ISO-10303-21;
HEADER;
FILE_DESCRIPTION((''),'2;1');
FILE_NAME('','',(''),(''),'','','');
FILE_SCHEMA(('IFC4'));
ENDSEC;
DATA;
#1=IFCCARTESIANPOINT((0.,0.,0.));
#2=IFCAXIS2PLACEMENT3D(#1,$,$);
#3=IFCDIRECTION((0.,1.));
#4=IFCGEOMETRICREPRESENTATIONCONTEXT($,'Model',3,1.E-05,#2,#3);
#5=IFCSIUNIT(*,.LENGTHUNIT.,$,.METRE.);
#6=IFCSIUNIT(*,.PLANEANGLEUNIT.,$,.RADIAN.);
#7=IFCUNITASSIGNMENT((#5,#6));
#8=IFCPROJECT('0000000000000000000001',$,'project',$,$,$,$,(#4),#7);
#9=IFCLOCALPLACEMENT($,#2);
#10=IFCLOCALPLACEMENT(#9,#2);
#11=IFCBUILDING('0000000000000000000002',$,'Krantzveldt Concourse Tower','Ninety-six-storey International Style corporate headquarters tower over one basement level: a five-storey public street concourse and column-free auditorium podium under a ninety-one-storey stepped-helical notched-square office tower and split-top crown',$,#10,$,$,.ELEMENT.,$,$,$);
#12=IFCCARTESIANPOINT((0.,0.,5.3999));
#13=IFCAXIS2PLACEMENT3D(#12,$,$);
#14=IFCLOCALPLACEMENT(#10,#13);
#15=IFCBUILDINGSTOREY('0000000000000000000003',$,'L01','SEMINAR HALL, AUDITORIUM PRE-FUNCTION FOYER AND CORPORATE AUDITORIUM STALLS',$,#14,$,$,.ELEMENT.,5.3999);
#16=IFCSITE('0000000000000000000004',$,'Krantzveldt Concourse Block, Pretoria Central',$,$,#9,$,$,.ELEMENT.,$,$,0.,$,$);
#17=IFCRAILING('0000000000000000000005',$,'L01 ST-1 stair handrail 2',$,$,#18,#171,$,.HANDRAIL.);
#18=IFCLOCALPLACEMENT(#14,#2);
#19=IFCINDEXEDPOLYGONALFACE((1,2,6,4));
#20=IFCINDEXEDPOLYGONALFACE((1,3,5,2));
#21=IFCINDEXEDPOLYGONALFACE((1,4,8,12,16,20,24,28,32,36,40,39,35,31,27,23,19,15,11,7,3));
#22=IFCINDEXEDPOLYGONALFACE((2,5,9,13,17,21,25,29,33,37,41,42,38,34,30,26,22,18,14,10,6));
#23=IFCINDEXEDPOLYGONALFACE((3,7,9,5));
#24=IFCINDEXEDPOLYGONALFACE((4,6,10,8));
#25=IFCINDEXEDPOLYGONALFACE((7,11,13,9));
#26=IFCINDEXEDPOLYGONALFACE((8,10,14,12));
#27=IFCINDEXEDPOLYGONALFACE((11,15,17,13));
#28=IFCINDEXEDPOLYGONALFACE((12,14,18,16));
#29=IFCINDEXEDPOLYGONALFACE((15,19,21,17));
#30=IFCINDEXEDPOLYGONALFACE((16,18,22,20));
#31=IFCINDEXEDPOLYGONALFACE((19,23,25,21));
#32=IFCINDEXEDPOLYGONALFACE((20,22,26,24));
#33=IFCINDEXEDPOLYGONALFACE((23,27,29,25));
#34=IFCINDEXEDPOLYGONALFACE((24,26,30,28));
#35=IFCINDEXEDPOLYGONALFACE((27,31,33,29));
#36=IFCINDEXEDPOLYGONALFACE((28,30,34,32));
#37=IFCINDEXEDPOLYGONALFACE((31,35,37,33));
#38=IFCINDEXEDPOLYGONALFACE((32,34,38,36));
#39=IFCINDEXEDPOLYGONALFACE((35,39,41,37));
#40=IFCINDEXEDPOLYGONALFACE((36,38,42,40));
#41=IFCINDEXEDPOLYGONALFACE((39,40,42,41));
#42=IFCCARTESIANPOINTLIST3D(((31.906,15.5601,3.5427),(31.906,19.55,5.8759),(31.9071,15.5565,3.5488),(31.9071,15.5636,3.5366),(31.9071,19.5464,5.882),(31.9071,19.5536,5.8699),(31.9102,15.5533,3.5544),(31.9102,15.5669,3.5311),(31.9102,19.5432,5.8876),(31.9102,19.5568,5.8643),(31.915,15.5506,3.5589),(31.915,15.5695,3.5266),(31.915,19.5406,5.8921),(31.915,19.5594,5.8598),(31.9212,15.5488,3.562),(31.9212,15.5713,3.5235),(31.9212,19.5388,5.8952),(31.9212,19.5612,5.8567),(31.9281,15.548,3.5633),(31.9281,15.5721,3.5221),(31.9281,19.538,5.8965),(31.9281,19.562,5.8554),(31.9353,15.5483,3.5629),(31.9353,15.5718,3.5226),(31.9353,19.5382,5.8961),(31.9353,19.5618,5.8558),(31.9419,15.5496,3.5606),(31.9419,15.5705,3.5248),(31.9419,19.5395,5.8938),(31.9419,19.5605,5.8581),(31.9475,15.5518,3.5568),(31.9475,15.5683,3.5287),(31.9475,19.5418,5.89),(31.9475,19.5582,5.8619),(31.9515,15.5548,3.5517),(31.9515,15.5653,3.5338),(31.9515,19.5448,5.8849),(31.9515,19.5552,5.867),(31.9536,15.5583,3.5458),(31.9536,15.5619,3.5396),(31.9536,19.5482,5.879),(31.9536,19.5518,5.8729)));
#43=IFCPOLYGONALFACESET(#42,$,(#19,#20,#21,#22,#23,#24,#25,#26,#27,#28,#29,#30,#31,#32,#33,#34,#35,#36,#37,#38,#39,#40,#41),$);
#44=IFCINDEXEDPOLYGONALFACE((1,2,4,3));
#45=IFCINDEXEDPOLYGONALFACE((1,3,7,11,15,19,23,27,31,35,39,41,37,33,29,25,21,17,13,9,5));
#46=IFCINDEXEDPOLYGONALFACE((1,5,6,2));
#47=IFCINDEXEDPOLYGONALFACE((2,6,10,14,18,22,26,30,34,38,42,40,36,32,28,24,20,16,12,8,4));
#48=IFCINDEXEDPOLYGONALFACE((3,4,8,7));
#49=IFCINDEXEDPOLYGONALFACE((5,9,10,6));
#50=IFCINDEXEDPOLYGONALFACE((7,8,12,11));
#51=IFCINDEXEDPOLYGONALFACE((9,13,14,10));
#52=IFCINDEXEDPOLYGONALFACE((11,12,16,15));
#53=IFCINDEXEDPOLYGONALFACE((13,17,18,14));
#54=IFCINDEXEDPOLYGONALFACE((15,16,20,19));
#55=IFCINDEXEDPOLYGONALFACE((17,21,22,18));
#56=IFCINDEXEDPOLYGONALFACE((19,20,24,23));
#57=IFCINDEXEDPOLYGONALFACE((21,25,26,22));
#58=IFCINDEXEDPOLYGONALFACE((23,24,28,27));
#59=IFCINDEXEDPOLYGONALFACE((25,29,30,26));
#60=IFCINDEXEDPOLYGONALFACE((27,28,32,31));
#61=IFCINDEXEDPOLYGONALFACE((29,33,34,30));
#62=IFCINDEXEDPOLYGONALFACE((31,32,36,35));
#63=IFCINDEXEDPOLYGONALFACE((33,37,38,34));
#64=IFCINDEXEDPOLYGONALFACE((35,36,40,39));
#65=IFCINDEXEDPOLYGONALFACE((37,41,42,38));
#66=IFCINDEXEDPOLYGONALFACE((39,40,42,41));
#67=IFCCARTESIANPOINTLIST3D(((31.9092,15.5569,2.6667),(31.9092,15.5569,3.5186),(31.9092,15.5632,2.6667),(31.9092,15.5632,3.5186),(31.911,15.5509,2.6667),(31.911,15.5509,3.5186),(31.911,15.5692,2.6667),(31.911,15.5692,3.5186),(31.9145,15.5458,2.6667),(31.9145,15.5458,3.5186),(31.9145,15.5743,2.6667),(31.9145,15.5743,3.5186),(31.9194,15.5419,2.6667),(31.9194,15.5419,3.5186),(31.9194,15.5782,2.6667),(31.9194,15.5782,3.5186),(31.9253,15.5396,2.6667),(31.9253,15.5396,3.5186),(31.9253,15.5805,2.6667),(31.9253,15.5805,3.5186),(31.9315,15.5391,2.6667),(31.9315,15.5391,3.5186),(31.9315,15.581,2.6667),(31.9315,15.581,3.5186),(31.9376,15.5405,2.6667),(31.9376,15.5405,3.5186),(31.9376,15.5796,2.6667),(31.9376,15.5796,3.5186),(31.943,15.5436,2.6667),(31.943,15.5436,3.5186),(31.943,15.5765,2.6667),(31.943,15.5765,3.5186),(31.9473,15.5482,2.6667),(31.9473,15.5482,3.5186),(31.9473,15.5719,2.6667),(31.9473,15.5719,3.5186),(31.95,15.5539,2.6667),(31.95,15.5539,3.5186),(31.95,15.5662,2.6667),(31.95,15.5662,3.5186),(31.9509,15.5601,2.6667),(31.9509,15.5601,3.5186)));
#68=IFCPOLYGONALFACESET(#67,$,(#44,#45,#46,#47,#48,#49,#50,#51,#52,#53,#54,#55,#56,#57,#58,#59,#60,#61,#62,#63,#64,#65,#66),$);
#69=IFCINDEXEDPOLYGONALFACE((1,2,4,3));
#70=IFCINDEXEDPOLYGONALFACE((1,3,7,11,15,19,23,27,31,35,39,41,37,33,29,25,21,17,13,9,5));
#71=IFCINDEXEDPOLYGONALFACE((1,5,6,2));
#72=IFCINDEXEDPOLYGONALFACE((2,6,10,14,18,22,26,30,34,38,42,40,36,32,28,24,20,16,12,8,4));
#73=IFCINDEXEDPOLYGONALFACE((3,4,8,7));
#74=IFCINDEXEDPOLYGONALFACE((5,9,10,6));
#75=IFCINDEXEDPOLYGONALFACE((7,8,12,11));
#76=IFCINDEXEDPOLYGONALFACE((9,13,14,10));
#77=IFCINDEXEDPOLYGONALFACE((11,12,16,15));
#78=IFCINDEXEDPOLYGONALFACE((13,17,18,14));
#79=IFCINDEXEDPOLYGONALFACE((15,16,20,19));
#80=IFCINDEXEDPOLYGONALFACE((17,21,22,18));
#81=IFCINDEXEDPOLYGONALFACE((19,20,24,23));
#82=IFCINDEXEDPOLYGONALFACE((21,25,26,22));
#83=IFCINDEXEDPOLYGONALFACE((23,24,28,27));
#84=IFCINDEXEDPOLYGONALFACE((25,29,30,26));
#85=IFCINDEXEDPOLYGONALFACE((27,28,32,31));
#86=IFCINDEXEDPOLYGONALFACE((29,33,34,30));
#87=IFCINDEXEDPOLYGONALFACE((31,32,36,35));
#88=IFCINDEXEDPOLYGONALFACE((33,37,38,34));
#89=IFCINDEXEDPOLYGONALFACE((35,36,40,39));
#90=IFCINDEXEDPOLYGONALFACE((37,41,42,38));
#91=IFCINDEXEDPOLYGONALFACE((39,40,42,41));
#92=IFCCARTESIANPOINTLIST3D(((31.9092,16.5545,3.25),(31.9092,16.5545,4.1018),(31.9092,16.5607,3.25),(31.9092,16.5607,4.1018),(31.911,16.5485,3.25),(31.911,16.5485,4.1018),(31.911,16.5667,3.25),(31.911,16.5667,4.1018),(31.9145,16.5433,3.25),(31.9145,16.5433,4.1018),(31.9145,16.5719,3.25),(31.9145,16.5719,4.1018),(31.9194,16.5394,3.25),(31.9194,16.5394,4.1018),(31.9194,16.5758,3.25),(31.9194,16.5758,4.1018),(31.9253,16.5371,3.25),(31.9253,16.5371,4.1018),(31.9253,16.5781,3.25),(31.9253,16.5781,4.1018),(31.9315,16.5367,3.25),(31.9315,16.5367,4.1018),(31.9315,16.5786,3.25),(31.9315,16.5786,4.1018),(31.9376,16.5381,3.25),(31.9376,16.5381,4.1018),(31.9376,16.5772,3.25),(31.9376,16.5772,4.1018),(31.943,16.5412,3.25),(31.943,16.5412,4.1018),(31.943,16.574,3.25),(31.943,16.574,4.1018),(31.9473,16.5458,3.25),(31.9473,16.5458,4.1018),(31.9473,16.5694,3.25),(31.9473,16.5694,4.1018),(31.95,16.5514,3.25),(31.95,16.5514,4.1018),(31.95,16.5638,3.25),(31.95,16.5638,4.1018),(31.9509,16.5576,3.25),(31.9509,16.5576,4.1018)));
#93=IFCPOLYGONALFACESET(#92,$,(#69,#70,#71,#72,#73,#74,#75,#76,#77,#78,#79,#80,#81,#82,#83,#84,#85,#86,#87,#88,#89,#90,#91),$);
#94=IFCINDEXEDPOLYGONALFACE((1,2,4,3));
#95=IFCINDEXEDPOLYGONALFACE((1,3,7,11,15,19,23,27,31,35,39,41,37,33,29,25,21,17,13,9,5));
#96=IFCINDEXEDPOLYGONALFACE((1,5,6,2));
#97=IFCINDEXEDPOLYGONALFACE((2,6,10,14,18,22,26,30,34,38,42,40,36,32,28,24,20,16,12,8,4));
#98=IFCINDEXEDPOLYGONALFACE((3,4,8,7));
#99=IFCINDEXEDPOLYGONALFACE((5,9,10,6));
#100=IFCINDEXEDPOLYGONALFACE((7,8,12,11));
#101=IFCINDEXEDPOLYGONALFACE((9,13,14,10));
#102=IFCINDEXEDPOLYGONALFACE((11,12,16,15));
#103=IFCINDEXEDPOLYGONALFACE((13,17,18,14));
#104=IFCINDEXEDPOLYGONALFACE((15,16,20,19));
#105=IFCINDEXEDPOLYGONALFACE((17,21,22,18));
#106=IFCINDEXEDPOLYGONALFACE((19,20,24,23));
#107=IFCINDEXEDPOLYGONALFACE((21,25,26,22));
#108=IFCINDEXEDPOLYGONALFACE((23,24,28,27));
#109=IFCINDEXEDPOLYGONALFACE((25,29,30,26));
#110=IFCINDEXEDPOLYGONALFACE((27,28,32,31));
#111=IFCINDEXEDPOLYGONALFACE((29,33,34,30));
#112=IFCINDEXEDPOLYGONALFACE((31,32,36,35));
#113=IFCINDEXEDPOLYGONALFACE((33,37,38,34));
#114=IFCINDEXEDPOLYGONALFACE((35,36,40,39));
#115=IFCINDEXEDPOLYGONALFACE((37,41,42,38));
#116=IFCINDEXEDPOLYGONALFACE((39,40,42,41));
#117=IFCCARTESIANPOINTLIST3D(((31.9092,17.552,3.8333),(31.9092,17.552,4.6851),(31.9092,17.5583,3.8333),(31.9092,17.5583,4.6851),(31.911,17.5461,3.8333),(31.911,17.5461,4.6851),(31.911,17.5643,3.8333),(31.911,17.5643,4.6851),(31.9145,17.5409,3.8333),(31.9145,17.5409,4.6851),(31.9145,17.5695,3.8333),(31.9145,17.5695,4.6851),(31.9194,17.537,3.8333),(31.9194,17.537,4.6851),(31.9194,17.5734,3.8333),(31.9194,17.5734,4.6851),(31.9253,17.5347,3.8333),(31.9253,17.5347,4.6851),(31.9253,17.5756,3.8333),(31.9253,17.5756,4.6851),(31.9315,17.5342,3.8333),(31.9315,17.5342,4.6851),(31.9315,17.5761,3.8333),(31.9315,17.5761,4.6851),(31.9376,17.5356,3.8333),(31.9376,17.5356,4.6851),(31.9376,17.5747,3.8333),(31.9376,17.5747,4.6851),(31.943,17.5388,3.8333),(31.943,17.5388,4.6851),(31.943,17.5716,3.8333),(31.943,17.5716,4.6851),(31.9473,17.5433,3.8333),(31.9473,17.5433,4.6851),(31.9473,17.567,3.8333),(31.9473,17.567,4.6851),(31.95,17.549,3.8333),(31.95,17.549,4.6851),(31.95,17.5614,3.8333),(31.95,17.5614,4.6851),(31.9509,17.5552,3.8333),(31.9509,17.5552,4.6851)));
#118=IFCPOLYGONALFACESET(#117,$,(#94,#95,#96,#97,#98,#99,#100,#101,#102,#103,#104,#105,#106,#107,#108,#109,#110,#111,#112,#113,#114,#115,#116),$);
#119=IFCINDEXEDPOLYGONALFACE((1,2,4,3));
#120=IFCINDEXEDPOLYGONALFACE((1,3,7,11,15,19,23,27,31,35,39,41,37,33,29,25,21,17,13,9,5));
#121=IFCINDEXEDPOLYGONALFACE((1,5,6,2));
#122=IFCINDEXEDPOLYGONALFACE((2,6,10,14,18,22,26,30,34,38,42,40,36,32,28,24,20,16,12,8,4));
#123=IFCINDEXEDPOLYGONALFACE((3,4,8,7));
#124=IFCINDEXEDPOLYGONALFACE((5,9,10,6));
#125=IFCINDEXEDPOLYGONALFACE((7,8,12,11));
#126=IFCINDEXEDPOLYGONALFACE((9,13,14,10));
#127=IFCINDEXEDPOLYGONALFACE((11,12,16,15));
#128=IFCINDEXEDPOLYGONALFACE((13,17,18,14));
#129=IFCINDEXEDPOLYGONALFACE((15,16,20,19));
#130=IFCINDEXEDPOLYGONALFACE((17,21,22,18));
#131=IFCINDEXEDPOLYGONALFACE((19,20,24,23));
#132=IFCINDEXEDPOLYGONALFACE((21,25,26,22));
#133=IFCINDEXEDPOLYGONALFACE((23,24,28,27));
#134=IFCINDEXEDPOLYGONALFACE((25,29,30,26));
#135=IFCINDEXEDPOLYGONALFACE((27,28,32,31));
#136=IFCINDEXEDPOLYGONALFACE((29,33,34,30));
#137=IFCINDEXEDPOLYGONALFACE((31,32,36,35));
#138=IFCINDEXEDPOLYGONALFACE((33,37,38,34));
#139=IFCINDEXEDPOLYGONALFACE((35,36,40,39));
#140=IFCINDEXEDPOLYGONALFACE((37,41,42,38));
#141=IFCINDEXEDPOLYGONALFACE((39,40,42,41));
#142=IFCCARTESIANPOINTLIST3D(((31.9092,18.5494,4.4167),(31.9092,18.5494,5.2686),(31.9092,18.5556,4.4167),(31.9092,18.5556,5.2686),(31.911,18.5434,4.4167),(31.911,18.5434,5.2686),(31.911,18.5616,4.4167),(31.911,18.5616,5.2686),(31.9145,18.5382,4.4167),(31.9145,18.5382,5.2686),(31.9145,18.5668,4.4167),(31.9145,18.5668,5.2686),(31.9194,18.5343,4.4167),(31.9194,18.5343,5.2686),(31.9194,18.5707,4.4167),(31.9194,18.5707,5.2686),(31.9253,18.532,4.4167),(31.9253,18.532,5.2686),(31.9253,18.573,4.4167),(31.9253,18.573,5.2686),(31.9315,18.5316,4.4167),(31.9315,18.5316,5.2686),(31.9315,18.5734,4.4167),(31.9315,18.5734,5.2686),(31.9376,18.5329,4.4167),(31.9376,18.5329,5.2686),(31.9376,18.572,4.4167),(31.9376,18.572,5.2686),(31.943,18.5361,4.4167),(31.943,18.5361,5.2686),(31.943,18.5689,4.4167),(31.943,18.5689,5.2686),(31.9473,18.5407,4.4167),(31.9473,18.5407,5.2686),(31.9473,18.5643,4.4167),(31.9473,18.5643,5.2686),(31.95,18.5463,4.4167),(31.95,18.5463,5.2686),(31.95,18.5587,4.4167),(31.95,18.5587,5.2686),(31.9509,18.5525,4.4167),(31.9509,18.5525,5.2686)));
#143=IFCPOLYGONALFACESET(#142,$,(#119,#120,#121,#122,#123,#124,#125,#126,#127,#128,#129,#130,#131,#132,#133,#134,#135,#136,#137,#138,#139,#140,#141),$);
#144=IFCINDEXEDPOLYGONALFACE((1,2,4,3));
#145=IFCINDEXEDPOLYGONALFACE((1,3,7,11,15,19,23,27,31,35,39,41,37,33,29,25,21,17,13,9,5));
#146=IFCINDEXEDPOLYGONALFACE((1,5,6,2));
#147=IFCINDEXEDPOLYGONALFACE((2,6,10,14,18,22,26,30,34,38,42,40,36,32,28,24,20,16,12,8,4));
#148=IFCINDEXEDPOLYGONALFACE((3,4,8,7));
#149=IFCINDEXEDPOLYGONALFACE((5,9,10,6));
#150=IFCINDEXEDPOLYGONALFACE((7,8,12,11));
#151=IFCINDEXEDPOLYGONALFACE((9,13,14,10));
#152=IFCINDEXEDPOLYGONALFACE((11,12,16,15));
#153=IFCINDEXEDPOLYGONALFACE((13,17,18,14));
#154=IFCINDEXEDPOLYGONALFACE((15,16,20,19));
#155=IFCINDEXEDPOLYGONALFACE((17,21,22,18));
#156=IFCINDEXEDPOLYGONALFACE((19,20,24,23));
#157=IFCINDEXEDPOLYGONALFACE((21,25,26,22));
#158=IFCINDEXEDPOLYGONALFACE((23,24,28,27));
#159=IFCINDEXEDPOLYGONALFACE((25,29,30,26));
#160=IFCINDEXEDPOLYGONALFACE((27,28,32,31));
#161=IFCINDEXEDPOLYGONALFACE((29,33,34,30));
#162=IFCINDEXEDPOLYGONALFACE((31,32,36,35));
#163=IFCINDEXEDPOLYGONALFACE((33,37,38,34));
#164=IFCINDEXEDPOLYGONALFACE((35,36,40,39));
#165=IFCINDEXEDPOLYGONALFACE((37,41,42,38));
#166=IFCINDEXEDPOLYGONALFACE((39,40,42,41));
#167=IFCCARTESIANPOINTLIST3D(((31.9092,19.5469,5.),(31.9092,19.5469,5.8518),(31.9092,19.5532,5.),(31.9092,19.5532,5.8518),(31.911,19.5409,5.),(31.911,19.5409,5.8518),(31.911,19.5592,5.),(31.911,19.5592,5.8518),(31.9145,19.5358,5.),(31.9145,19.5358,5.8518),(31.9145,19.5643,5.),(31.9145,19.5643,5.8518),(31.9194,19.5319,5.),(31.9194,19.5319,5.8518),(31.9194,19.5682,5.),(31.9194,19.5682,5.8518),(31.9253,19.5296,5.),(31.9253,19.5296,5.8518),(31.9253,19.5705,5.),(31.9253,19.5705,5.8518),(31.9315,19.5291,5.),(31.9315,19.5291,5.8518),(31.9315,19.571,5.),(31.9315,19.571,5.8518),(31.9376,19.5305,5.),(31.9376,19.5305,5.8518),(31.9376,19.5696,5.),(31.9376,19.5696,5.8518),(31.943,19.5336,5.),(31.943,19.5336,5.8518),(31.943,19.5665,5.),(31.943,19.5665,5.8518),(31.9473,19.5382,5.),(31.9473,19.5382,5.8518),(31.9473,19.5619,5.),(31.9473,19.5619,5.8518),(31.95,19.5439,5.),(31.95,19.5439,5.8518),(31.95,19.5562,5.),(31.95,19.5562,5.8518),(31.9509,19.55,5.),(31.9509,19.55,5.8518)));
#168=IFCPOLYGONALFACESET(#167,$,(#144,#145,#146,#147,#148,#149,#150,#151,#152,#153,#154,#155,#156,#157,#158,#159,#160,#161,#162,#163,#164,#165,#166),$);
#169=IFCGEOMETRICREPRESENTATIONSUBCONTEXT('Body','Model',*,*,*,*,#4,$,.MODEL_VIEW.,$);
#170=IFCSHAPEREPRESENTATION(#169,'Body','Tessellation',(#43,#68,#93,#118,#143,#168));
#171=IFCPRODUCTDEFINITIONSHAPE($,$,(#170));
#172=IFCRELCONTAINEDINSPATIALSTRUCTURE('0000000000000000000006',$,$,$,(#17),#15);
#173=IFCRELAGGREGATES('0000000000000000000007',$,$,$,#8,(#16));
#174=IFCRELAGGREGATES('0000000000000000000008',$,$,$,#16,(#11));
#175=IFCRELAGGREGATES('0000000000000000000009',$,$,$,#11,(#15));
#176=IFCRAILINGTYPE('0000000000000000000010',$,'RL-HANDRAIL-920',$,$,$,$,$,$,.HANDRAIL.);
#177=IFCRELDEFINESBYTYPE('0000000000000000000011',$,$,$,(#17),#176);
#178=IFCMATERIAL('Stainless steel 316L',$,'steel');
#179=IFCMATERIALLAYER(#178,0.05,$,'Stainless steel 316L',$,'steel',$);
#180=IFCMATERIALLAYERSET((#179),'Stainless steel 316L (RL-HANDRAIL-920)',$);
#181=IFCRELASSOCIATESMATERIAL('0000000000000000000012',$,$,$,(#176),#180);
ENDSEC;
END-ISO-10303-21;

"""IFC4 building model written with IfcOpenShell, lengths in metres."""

from ifc_helpers import new_model, si_unit, direction, frame, origin, origin_2d, place, context, subcontext, project, spatial, circle, extrude, material, layer, layer_set, type_object, element, save


model = new_model("IFC4")

# Units and contexts
model_context = context("Model", 3, precision=1e-05, world=origin(), true_north=direction((0.0, 1.0)))
body_context = subcontext(model_context, "Body", "Model", "MODEL_VIEW")
ifc_project = project(units=[si_unit("LENGTHUNIT", "METRE"), si_unit("PLANEANGLEUNIT", "RADIAN")], contexts=[model_context])

# Site, building, storey
site_placement = place(None, origin())
site = spatial("IfcSite", under=ifc_project, at=site_placement, Name="Krantzveldt Concourse Block, Pretoria Central", CompositionType="ELEMENT", RefElevation=0.0)
building_placement = place(site_placement, origin())
building = spatial("IfcBuilding", under=site, at=building_placement, Name="Krantzveldt Concourse Tower", Description="Ninety-six-storey International Style corporate headquarters tower over one basement level: a five-storey public street concourse and column-free auditorium podium under a ninety-one-storey stepped-helical notched-square office tower and split-top crown", CompositionType="ELEMENT")
storey_placement = place(building_placement, frame((0.0, 0.0, 5.3999)))
storey = spatial("IfcBuildingStorey", under=building, at=storey_placement, Name="L01", Description="SEMINAR HALL, AUDITORIUM PRE-FUNCTION FOYER AND CORPORATE AUDITORIUM STALLS", CompositionType="ELEMENT", Elevation=5.3999)

# Shared definitions
ifc_material_1 = material(Name="Stainless steel 316L", Category="steel")

# Railing
ifc_layer_1 = layer(ifc_material_1, 0.05, Name="Stainless steel 316L", Category="steel")
ifc_layer_set_1 = layer_set([ifc_layer_1], Name="Stainless steel 316L (RL-HANDRAIL-920)")
railing_type_1 = type_object("IfcRailingType", Name="RL-HANDRAIL-920", PredefinedType="HANDRAIL", material=ifc_layer_set_1)
railing_1_placement = place(storey_placement, frame((31.9299, 15.5601, 2.6667)))
element("IfcRailing", 1, at=railing_1_placement, inside=storey, type_object=railing_type_1, Name="L01 ST-1 stair handrail 2", PredefinedType="HANDRAIL", context=body_context, shape_type="SweptSolid", body=[
    extrude(circle(Radius=0.0239, at=origin_2d()), frame((0.0, 0.0, 0.876), z_axis=(0.0, 0.863236, 0.5048), x_axis=(-1.0, 0.0, 0.0)), (0.0, 0.0, 1.0), 4.6221),
    extrude(circle(Radius=0.021, at=origin_2d()), origin(), (0.0, 0.0, 1.0), 0.8518),
    extrude(circle(Radius=0.021, at=origin_2d()), frame((0.0, 0.9976, 0.5833)), (0.0, 0.0, 1.0), 0.8518),
    extrude(circle(Radius=0.021, at=origin_2d()), frame((0.0, 1.9951, 1.1665)), (0.0, 0.0, 1.0), 0.8518),
    extrude(circle(Radius=0.021, at=origin_2d()), frame((0.0, 2.9924, 1.75)), (0.0, 0.0, 1.0), 0.8518),
    extrude(circle(Radius=0.021, at=origin_2d()), frame((0.0, 3.99, 2.3333)), (0.0, 0.0, 1.0), 0.8518),
])

save(model, "model.ifc")
